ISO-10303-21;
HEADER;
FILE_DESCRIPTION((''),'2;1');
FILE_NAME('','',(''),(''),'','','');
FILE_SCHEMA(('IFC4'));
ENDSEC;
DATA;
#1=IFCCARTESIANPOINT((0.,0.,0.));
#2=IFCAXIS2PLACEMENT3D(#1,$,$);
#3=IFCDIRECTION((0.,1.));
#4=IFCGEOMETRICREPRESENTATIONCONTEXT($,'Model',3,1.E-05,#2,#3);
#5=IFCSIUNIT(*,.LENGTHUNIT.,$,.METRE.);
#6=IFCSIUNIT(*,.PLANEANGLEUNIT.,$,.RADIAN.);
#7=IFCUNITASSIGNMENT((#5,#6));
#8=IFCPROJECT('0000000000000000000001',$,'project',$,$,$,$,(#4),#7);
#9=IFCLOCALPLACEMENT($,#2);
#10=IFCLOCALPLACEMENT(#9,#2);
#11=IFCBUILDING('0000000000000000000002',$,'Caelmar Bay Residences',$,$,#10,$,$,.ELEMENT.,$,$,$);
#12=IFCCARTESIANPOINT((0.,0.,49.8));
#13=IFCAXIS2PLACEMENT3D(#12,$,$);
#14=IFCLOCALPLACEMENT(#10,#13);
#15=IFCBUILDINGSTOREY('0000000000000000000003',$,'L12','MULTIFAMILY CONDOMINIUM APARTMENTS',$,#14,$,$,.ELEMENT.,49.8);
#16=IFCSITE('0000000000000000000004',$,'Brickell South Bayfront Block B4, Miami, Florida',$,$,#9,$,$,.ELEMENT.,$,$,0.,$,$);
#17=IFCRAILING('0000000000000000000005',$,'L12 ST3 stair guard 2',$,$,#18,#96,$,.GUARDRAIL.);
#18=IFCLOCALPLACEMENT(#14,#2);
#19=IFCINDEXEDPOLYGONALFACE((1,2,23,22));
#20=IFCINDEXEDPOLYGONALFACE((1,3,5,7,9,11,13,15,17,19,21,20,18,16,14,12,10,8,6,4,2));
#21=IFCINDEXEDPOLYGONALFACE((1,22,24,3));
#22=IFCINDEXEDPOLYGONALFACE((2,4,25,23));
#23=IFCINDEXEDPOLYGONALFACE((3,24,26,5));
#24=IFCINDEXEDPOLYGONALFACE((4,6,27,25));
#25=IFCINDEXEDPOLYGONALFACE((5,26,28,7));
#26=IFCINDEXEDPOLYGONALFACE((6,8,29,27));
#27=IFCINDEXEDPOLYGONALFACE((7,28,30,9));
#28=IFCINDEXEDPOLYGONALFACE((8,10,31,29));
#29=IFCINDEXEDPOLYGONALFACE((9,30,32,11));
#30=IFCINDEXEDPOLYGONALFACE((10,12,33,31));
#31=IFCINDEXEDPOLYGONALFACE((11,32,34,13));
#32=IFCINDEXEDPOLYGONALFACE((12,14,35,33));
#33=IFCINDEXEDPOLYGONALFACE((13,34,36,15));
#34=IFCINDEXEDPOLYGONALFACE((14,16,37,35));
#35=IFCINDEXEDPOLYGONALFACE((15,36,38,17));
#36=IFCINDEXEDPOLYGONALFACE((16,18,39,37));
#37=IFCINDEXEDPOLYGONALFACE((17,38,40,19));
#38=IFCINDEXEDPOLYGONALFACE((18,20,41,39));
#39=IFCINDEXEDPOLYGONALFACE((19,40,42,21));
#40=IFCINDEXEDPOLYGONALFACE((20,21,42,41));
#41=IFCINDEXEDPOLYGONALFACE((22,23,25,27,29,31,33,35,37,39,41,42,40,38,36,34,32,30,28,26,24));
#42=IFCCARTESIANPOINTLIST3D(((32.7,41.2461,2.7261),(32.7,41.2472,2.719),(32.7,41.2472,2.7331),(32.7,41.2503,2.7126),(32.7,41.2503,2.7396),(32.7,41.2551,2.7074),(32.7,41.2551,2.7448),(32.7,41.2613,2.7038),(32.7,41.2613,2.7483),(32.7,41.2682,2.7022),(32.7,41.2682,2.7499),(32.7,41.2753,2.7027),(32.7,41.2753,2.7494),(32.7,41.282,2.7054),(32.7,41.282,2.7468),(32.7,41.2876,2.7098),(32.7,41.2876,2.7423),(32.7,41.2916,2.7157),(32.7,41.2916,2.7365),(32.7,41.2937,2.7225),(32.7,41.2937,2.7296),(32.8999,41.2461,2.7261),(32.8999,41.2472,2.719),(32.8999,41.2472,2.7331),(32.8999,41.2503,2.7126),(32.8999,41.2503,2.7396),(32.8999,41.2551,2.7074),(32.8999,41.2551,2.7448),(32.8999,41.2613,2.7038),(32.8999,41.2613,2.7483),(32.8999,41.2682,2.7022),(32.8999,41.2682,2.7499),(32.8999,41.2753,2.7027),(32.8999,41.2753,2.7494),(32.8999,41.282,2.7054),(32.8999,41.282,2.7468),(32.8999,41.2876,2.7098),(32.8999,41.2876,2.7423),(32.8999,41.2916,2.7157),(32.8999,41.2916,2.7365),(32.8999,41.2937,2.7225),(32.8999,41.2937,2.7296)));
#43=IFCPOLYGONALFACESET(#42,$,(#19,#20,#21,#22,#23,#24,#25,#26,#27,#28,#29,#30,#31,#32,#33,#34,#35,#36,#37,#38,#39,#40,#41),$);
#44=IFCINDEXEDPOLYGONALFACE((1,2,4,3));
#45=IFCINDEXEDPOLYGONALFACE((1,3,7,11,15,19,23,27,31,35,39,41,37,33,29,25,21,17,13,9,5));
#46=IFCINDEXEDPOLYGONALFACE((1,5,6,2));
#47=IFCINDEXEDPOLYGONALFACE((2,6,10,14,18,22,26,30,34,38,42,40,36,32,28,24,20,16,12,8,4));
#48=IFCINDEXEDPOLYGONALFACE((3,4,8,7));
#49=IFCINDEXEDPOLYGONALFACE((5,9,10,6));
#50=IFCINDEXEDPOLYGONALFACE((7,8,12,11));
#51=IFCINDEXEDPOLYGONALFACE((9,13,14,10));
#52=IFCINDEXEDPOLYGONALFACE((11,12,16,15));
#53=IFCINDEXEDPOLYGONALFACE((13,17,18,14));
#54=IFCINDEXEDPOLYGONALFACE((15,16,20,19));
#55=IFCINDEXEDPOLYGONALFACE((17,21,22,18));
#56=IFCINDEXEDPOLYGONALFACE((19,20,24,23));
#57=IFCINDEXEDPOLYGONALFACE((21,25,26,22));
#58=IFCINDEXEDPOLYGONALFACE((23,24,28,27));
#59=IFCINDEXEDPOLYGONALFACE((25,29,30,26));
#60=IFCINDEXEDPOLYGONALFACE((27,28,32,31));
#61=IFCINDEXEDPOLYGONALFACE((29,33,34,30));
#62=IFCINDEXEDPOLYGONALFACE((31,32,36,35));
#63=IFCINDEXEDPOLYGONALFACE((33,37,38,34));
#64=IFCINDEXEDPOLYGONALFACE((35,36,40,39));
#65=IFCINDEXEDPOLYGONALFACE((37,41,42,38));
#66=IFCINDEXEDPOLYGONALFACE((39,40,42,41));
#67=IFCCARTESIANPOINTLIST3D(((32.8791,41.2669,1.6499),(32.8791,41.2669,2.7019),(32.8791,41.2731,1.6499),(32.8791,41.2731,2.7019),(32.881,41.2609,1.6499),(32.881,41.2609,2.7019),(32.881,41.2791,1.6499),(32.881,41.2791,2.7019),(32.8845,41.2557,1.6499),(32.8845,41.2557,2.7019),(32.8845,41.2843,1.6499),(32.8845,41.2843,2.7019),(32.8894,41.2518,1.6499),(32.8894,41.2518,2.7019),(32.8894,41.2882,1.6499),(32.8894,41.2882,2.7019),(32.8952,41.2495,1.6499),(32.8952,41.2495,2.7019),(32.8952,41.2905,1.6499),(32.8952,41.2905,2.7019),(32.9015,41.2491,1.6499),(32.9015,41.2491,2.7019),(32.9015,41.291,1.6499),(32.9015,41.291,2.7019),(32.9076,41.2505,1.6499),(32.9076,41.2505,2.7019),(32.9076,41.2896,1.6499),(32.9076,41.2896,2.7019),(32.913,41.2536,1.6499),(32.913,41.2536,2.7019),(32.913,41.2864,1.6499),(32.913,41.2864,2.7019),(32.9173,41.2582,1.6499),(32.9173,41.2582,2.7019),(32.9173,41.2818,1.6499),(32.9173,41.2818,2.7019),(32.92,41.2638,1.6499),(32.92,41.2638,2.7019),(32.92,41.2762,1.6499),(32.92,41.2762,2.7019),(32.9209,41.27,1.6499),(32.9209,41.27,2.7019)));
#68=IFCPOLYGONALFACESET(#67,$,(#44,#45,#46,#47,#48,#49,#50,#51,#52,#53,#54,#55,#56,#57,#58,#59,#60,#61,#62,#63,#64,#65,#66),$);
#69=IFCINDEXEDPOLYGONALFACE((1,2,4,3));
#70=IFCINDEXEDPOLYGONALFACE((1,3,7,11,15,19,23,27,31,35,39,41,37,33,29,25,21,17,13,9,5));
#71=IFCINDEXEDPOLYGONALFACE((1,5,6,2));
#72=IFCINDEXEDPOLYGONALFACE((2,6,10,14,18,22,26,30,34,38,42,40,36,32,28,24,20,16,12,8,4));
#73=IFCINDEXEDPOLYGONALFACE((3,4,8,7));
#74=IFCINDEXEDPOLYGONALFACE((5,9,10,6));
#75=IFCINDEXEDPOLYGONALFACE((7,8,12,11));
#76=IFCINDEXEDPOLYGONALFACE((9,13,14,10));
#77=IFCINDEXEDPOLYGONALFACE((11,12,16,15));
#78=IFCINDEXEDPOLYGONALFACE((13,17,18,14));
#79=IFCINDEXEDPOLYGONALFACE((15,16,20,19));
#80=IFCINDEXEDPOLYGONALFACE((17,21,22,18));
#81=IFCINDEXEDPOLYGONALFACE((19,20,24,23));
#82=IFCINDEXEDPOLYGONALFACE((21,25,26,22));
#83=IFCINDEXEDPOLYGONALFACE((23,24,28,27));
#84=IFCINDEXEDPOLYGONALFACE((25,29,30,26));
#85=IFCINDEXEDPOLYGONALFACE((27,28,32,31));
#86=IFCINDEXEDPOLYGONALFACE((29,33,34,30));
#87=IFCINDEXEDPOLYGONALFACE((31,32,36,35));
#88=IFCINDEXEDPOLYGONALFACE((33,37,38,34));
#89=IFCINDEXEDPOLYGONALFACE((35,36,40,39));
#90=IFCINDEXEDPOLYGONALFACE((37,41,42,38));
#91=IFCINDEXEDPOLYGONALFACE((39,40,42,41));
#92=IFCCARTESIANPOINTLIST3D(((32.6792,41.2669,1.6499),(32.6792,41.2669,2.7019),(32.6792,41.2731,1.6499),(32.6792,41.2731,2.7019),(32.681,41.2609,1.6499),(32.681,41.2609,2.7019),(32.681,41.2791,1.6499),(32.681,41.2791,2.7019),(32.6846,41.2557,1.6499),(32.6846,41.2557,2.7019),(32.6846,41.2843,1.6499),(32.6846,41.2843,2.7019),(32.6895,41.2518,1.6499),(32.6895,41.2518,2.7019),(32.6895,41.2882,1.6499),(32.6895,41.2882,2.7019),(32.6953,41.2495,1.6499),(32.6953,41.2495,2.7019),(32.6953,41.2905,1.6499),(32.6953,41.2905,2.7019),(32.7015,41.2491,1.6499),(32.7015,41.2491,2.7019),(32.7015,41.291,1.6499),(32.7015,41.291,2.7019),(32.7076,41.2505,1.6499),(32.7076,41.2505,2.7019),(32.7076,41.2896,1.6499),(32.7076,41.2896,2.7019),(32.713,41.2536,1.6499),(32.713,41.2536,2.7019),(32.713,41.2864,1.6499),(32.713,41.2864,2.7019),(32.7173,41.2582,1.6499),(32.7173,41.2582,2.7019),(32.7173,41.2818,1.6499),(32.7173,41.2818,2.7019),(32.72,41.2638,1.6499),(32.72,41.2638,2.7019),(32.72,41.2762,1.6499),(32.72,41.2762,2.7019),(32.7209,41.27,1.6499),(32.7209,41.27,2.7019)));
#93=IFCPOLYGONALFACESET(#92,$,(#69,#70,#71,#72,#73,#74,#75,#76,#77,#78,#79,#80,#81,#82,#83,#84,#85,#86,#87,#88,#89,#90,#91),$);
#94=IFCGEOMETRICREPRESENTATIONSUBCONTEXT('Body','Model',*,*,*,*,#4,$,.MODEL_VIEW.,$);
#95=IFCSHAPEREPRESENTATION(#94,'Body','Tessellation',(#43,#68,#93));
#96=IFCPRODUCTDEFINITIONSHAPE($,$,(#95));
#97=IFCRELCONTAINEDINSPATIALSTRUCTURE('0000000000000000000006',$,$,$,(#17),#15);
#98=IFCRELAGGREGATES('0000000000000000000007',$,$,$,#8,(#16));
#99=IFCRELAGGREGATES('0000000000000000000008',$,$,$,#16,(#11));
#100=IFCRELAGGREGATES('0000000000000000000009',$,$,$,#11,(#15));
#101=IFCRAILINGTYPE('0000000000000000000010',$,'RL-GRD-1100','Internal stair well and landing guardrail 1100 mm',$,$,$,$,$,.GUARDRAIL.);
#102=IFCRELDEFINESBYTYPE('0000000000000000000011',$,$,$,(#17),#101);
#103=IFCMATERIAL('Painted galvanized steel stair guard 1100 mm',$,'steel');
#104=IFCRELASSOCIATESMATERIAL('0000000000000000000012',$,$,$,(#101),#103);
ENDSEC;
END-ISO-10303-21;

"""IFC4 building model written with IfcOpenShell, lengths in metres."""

from ifc_helpers import new_model, si_unit, direction, frame, origin, origin_2d, place, context, subcontext, project, spatial, circle, extrude, material, type_object, element, save


model = new_model("IFC4")

# Units and contexts
model_context = context("Model", 3, precision=1e-05, world=origin(), true_north=direction((0.0, 1.0)))
body_context = subcontext(model_context, "Body", "Model", "MODEL_VIEW")
ifc_project = project(units=[si_unit("LENGTHUNIT", "METRE"), si_unit("PLANEANGLEUNIT", "RADIAN")], contexts=[model_context])

# Site, building, storey
site_placement = place(None, origin())
site = spatial("IfcSite", under=ifc_project, at=site_placement, Name="Brickell South Bayfront Block B4, Miami, Florida", CompositionType="ELEMENT", RefElevation=0.0)
building_placement = place(site_placement, origin())
building = spatial("IfcBuilding", under=site, at=building_placement, Name="Caelmar Bay Residences", CompositionType="ELEMENT")
storey_placement = place(building_placement, frame((0.0, 0.0, 49.8)))
storey = spatial("IfcBuildingStorey", under=building, at=storey_placement, Name="L12", Description="MULTIFAMILY CONDOMINIUM APARTMENTS", CompositionType="ELEMENT", Elevation=49.8)

# Railing
ifc_material_1 = material(Name="Painted galvanized steel stair guard 1100 mm", Category="steel")
railing_type_1 = type_object("IfcRailingType", Name="RL-GRD-1100", Description="Internal stair well and landing guardrail 1100 mm", PredefinedType="GUARDRAIL", material=ifc_material_1)
railing_1_placement = place(storey_placement, frame((32.8999, 41.27, 1.6499)))
element("IfcRailing", 1, at=railing_1_placement, inside=storey, type_object=railing_type_1, Name="L12 ST3 stair guard 2", PredefinedType="GUARDRAIL", context=body_context, shape_type="SweptSolid", body=[
    extrude(circle(Radius=0.0239, at=origin_2d()), frame((0.0, 0.0, 1.0762), z_axis=(-1.0, 0.0, 0.0), x_axis=(0.0, -1.0, 0.0)), (0.0, 0.0, 1.0), 0.2),
    extrude(circle(Radius=0.021, at=origin_2d()), origin(), (0.0, 0.0, 1.0), 1.052),
    extrude(circle(Radius=0.021, at=origin_2d()), frame((-0.2, 0.0, 0.0)), (0.0, 0.0, 1.0), 1.052),
])

save(model, "model.ifc")
